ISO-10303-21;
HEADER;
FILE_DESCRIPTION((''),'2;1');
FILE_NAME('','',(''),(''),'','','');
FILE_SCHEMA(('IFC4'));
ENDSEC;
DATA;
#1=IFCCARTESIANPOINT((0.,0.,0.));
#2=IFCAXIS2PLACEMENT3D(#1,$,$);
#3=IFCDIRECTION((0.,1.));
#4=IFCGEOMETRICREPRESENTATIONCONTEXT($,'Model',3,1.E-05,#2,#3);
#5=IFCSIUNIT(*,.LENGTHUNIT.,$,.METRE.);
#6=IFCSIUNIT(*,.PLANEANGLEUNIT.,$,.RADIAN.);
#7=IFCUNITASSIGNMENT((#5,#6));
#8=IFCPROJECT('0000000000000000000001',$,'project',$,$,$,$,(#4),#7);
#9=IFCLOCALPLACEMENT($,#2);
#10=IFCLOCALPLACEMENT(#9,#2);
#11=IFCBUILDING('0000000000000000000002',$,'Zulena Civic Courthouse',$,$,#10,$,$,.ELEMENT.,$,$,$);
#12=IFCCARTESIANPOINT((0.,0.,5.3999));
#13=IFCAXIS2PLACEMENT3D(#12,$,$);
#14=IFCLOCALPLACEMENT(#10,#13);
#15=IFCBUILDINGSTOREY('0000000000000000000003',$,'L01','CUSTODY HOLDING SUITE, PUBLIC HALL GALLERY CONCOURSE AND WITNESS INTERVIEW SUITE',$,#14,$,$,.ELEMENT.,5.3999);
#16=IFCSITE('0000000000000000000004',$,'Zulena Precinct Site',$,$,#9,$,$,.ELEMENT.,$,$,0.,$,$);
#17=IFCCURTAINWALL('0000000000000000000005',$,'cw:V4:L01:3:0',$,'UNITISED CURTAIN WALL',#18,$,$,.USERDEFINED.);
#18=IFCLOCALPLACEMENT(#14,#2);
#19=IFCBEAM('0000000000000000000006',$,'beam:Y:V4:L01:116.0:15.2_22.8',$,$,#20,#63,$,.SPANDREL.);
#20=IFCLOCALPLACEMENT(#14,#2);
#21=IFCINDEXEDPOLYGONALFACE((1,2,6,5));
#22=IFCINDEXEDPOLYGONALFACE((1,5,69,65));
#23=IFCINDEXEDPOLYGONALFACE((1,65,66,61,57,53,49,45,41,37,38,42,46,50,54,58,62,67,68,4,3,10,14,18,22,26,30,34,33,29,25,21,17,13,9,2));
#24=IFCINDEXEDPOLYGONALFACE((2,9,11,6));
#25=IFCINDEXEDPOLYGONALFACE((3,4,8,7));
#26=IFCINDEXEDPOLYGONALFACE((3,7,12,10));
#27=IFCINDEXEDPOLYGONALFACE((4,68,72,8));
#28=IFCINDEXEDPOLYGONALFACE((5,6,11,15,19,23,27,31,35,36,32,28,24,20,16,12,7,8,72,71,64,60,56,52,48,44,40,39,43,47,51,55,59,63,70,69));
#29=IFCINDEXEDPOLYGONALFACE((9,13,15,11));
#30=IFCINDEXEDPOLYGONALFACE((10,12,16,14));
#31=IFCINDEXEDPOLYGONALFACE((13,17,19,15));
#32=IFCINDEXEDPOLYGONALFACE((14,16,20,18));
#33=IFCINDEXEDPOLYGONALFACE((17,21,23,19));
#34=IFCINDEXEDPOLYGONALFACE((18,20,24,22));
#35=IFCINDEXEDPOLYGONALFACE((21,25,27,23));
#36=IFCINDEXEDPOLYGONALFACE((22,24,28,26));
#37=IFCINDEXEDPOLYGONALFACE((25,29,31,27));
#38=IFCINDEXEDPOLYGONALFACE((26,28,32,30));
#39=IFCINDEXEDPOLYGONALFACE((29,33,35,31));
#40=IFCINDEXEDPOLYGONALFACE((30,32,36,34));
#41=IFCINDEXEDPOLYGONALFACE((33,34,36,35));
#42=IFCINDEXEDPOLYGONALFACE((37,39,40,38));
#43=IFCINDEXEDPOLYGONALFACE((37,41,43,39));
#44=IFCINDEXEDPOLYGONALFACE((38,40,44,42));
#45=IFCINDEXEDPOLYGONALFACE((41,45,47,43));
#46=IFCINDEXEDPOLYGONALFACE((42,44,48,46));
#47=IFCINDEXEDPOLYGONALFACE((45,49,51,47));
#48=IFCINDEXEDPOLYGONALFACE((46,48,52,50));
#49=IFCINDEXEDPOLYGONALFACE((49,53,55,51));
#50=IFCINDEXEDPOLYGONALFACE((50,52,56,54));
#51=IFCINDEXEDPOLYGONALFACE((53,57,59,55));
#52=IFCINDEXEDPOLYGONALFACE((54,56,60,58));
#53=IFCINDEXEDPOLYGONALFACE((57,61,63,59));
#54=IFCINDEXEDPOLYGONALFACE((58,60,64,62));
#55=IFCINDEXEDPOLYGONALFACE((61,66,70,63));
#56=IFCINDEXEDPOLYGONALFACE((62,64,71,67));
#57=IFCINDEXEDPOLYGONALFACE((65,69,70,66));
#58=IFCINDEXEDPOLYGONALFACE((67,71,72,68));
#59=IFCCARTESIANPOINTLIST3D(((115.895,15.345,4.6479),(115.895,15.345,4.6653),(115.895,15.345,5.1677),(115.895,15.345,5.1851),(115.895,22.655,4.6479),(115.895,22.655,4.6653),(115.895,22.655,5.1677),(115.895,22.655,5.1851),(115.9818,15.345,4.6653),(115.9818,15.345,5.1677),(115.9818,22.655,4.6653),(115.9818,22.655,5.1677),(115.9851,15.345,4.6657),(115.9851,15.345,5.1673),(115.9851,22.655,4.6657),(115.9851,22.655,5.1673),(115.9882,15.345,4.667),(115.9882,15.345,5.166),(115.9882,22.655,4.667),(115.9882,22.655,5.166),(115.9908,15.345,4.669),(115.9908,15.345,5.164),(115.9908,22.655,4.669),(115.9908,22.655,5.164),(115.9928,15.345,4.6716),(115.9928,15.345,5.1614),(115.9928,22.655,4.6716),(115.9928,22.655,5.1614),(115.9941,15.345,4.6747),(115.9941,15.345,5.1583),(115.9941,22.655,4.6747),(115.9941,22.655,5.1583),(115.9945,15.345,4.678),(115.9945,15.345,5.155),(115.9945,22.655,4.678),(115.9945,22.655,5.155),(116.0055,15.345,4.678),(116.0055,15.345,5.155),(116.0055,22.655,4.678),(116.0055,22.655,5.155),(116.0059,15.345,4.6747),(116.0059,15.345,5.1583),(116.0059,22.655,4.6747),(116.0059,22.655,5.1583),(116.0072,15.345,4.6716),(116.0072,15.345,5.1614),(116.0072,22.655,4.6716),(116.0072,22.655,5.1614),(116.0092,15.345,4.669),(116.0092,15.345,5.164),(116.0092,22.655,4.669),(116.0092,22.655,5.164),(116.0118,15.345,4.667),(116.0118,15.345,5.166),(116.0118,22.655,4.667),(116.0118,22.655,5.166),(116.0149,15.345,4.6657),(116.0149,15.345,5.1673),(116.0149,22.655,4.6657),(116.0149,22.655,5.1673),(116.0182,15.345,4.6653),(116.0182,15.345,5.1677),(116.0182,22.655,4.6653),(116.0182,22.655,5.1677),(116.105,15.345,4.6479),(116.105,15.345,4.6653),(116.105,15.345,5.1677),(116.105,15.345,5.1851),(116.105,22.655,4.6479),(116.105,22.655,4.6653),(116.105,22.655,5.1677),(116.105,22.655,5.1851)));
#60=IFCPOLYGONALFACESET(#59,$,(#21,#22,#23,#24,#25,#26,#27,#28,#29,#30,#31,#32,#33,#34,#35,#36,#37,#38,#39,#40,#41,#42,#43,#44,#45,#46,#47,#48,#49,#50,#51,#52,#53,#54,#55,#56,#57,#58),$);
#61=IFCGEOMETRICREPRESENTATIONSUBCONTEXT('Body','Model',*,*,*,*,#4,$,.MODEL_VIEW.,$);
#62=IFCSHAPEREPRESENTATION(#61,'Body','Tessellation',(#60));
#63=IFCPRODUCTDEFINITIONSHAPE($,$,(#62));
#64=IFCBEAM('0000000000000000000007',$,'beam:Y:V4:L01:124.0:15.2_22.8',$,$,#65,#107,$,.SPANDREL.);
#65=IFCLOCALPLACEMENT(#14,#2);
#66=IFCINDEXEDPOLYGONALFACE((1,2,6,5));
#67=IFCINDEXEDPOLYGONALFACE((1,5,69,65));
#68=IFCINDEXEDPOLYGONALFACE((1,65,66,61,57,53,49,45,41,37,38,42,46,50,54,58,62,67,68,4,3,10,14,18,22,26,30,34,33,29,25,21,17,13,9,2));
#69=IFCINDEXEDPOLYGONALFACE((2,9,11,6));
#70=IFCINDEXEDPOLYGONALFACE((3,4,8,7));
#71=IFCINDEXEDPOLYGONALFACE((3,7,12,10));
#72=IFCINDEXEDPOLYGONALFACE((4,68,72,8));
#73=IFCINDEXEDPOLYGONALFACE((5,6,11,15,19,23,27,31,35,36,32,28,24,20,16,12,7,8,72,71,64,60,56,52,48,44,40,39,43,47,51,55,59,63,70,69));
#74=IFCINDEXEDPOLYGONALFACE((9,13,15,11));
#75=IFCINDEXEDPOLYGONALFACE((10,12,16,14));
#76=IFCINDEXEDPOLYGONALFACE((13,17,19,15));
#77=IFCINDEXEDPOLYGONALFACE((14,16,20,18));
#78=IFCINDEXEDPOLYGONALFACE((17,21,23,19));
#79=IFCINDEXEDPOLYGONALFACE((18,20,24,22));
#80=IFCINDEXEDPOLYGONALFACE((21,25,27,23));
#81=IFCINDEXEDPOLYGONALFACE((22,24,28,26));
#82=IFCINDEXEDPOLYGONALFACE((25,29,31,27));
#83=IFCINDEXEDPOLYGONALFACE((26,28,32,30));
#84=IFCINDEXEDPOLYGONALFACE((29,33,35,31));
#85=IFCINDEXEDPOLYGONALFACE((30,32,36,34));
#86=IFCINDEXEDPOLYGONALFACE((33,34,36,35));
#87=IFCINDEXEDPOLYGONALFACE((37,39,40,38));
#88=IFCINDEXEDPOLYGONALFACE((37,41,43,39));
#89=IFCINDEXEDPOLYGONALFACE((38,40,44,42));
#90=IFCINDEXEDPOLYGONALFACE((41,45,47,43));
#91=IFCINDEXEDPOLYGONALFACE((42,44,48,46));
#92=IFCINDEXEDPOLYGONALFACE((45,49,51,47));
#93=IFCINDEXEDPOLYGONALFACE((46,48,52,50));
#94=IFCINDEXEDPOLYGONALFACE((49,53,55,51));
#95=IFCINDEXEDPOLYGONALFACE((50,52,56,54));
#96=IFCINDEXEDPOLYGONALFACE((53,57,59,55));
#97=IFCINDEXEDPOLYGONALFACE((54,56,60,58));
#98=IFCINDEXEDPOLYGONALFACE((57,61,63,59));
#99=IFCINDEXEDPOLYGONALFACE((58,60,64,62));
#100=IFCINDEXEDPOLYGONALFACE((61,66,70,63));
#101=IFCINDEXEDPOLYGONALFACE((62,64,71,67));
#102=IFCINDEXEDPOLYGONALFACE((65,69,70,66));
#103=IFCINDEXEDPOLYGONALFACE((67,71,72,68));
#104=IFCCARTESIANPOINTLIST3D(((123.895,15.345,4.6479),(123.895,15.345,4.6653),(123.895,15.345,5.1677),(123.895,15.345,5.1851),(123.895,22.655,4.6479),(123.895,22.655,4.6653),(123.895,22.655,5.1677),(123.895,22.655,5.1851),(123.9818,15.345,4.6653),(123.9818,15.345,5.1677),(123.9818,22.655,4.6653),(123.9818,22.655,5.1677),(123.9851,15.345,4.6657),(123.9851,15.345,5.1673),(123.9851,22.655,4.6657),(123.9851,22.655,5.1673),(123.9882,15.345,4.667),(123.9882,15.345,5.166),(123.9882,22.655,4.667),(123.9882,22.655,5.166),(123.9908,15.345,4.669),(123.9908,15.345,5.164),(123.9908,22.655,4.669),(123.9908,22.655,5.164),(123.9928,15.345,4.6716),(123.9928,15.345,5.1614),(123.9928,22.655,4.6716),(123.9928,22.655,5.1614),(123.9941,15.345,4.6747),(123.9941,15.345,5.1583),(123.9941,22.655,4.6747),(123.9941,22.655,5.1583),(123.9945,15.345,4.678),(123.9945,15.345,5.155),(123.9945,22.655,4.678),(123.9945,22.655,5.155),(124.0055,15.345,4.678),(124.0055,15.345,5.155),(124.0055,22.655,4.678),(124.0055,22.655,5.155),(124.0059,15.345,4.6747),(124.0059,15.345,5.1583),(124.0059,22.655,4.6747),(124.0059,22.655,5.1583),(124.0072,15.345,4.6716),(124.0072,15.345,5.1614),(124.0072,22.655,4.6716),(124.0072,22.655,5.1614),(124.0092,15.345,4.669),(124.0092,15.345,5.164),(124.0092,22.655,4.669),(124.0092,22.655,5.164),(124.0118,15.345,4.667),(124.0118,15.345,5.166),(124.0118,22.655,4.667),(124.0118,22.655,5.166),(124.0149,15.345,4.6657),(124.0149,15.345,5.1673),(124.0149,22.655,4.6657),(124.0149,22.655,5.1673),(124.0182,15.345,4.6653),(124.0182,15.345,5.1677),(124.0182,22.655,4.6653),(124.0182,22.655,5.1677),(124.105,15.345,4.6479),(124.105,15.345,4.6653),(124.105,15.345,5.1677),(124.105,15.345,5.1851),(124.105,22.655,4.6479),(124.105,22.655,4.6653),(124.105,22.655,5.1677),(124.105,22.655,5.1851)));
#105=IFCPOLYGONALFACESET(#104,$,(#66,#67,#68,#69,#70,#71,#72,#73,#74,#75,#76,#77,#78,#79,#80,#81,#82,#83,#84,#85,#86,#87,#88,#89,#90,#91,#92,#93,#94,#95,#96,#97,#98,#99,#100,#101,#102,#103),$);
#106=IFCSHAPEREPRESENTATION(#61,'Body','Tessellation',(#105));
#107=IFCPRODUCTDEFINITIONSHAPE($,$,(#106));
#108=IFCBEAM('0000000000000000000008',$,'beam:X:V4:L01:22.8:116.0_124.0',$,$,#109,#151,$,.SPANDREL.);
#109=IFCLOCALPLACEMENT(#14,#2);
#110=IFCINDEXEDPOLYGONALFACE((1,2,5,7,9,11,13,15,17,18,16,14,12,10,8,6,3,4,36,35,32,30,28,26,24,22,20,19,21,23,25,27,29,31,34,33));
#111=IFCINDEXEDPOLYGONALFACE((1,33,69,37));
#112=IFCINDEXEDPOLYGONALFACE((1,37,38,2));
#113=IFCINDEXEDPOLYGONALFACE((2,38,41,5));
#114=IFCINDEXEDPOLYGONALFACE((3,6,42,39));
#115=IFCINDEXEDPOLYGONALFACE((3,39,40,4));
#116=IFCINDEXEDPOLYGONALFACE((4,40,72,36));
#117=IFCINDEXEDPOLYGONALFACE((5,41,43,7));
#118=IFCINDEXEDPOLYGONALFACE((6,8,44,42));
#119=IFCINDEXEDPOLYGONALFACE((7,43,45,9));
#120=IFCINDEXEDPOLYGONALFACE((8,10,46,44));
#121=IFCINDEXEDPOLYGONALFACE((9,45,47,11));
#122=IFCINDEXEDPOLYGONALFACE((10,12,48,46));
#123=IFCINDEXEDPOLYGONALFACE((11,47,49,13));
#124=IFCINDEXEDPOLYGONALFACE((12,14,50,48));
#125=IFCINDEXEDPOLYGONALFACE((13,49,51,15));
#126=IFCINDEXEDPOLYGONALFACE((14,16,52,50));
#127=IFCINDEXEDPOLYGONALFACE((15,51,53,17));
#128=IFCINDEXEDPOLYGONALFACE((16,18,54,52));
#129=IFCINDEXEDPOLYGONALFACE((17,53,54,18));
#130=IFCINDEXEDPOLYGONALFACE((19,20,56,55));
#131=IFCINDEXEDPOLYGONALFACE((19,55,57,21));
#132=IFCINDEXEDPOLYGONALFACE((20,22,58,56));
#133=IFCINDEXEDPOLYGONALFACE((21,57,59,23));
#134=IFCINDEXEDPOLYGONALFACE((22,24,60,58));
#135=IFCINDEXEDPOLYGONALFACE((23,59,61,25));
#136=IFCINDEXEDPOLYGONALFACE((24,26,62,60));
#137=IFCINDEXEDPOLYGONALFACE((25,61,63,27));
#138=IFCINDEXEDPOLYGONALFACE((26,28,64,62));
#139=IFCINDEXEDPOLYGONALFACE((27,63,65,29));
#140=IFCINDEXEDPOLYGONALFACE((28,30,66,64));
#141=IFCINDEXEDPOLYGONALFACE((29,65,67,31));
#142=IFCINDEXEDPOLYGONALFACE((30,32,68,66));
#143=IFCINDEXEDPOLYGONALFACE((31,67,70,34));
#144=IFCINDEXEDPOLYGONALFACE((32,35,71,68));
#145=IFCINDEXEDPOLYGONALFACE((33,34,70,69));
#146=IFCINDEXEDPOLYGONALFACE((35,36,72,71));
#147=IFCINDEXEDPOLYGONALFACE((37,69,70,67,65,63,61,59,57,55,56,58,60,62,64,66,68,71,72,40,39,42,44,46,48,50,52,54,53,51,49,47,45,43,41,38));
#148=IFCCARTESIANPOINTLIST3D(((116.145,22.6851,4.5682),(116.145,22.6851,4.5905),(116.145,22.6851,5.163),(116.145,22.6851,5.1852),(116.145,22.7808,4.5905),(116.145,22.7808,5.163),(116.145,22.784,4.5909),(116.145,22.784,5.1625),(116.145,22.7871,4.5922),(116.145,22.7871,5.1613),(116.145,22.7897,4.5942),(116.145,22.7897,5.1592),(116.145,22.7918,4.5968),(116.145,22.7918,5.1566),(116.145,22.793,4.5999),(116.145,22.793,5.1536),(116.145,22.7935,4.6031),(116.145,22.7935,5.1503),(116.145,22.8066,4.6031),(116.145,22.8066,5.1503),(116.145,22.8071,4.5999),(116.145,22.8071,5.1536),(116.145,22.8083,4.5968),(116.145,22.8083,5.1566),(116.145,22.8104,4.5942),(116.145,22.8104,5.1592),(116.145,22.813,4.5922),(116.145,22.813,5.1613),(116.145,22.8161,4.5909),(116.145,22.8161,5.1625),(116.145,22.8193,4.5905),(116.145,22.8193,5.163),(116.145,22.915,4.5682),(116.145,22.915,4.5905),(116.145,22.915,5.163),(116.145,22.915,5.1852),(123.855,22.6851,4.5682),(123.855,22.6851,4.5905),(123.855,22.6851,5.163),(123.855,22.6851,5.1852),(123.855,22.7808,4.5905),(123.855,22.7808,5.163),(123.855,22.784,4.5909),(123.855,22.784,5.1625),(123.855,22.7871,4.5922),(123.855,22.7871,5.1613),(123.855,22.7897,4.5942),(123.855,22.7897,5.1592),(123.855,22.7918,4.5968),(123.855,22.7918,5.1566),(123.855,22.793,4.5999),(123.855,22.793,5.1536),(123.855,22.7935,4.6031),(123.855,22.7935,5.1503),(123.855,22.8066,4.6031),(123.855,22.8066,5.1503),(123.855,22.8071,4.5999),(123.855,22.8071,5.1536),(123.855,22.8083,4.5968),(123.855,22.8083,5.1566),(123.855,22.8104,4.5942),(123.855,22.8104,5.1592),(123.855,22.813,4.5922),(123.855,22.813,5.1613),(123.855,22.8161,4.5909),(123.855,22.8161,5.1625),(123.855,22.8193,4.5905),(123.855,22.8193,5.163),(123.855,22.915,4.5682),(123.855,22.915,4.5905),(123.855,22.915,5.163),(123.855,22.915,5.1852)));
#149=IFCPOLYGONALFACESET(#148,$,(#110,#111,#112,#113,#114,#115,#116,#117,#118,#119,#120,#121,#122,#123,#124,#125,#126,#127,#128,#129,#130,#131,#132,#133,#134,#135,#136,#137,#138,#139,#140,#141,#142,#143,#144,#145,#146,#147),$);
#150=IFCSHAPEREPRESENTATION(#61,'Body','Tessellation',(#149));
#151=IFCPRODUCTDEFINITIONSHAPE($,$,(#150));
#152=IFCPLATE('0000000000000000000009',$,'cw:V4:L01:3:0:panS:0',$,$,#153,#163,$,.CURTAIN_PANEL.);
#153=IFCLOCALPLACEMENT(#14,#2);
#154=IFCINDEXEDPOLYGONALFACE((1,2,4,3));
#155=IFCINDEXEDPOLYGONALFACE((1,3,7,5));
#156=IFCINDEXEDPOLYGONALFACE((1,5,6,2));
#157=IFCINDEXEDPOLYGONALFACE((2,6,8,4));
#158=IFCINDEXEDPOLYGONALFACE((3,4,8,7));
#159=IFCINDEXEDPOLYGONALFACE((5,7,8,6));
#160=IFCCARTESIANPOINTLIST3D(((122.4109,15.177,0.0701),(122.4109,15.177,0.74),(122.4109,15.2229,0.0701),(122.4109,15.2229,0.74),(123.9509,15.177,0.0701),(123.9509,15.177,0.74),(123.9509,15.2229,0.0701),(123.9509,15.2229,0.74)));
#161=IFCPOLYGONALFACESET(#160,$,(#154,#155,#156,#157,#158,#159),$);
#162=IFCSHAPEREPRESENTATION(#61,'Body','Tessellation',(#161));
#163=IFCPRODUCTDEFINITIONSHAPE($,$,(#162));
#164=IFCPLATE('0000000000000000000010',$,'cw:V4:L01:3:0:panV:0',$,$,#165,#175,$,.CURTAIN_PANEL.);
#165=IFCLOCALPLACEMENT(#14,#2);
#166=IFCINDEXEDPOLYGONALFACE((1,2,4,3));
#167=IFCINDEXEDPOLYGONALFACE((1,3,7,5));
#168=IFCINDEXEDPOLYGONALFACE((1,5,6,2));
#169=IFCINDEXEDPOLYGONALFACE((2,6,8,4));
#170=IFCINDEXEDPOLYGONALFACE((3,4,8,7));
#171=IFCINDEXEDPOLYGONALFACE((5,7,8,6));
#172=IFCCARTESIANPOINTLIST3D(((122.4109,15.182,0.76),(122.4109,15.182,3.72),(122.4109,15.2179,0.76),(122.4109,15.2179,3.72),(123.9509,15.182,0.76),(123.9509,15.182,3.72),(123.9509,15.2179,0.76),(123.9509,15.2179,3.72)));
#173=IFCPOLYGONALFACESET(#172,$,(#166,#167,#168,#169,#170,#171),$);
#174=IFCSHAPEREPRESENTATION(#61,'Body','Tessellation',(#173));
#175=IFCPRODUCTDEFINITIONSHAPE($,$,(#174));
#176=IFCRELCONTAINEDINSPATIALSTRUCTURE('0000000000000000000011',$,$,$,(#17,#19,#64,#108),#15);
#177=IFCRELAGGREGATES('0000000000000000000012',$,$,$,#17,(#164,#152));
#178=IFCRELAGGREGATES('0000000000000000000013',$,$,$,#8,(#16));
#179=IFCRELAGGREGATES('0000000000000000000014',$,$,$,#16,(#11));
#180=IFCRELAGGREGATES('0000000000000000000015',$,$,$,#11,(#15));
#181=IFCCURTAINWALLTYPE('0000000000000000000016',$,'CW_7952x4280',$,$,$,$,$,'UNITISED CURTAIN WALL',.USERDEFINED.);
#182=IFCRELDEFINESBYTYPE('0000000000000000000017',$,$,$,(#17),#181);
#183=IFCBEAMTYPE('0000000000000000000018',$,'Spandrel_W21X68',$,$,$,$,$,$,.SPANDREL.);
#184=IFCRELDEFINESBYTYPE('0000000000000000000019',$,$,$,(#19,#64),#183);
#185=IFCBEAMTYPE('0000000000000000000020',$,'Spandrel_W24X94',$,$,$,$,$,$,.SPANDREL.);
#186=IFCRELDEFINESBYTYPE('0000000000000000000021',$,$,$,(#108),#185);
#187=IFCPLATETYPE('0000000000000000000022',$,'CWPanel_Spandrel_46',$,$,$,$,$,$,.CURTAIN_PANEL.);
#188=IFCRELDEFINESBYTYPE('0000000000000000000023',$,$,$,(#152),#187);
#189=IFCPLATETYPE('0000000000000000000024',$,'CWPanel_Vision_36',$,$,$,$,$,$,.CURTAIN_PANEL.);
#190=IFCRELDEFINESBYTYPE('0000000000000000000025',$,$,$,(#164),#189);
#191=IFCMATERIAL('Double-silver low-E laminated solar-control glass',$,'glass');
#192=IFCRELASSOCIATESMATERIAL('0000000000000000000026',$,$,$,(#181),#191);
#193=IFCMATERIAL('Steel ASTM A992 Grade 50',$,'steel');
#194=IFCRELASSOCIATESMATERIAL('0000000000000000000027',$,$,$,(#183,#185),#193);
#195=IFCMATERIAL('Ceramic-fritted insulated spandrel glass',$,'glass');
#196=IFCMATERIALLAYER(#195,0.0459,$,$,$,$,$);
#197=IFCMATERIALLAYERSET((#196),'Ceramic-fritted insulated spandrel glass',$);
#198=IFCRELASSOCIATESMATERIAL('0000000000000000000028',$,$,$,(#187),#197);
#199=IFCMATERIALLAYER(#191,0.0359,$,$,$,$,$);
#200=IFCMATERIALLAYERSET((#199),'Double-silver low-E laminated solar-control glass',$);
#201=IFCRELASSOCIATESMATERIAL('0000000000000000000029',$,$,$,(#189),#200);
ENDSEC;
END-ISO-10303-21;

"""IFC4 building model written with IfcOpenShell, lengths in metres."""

from ifc_helpers import new_model, si_unit, direction, frame, origin, origin_2d, place, context, subcontext, project, spatial, rectangle, i_section, extrude, material, layer, layer_set, material_profile, profile_set, type_object, element, aggregate, save


model = new_model("IFC4")

# Units and contexts
model_context = context("Model", 3, precision=1e-05, world=origin(), true_north=direction((0.0, 1.0)))
body_context = subcontext(model_context, "Body", "Model", "MODEL_VIEW")
ifc_project = project(units=[si_unit("LENGTHUNIT", "METRE"), si_unit("PLANEANGLEUNIT", "RADIAN")], contexts=[model_context])

# Site, building, storey
site_placement = place(None, origin())
site = spatial("IfcSite", under=ifc_project, at=site_placement, Name="Zulena Precinct Site", CompositionType="ELEMENT", RefElevation=0.0)
building_placement = place(site_placement, origin())
building = spatial("IfcBuilding", under=site, at=building_placement, Name="Zulena Civic Courthouse", CompositionType="ELEMENT")
storey_placement = place(building_placement, frame((0.0, 0.0, 5.3999)))
storey = spatial("IfcBuildingStorey", under=building, at=storey_placement, Name="L01", Description="CUSTODY HOLDING SUITE, PUBLIC HALL GALLERY CONCOURSE AND WITNESS INTERVIEW SUITE", CompositionType="ELEMENT", Elevation=5.3999)

# Shared definitions
ifc_material_1 = material(Name="Steel ASTM A992 Grade 50", Category="steel")

# Curtain wall
ifc_material_2 = material(Name="Double-silver low-E laminated solar-control glass", Category="glass")
curtain_wall_type = type_object("IfcCurtainWallType", Name="CW_7952x4280", ElementType="UNITISED CURTAIN WALL", PredefinedType="USERDEFINED", material=ifc_material_2)
curtain_wall_placement = place(storey_placement, origin())
curtain_wall = element("IfcCurtainWall", 1, at=curtain_wall_placement, inside=storey, type_object=curtain_wall_type, Name="cw:V4:L01:3:0", ObjectType="UNITISED CURTAIN WALL", PredefinedType="USERDEFINED")

# Beams
ifc_material_profile_1 = material_profile(ifc_material_1, i_section(OverallWidth=0.21, OverallDepth=0.5371, WebThickness=0.011, FlangeThickness=0.0173, FilletRadius=0.0127, at=origin_2d()), Name="W21X68")
ifc_profile_set_1 = profile_set([ifc_material_profile_1], Name="Steel ASTM A992 Grade 50")
beam_type_1 = type_object("IfcBeamType", Name="Spandrel_W21X68", PredefinedType="SPANDREL", material=ifc_profile_set_1)
for number, where, z_axis, x_axis, name in (
    (2, (116.0, 15.345, 4.9165), (0.0, 1.0, 0.0), (-1.0, 0.0, 0.0), "beam:Y:V4:L01:116.0:15.2_22.8"),
    (3, (124.0, 15.345, 4.9165), (0.0, 1.0, 0.0), (-1.0, 0.0, 0.0), "beam:Y:V4:L01:124.0:15.2_22.8"),
):
    element("IfcBeam", number, at=place(storey_placement, frame(where, z_axis=z_axis, x_axis=x_axis)), inside=storey, type_object=beam_type_1, Name=name, PredefinedType="SPANDREL", context=body_context, shape_type="SweptSolid", body=[
        extrude(i_section(OverallWidth=0.21, OverallDepth=0.5371, WebThickness=0.011, FlangeThickness=0.0173, FilletRadius=0.0127, at=origin_2d()), origin(), (0.0, 0.0, 1.0), 7.3101),
    ])
ifc_material_profile_2 = material_profile(ifc_material_1, i_section(OverallWidth=0.23, OverallDepth=0.6169, WebThickness=0.0132, FlangeThickness=0.0222, FilletRadius=0.0127, at=origin_2d()), Name="W24X94")
ifc_profile_set_2 = profile_set([ifc_material_profile_2], Name="Steel ASTM A992 Grade 50")
beam_type_2 = type_object("IfcBeamType", Name="Spandrel_W24X94", PredefinedType="SPANDREL", material=ifc_profile_set_2)
beam_placement = place(storey_placement, frame((116.145, 22.8, 4.8767), z_axis=(1.0, 0.0, 0.0), x_axis=(0.0, 1.0, 0.0)))
element("IfcBeam", 4, at=beam_placement, inside=storey, type_object=beam_type_2, Name="beam:X:V4:L01:22.8:116.0_124.0", PredefinedType="SPANDREL", context=body_context, shape_type="SweptSolid", body=[
    extrude(i_section(OverallWidth=0.23, OverallDepth=0.6169, WebThickness=0.0132, FlangeThickness=0.0222, FilletRadius=0.0127, at=origin_2d()), origin(), (0.0, 0.0, 1.0), 7.71),
])

# Plates
ifc_material_3 = material(Name="Ceramic-fritted insulated spandrel glass", Category="glass")
ifc_layer_1 = layer(ifc_material_3, 0.0459)
ifc_layer_set_1 = layer_set([ifc_layer_1], Name="Ceramic-fritted insulated spandrel glass")
plate_type_1 = type_object("IfcPlateType", Name="CWPanel_Spandrel_46", PredefinedType="CURTAIN_PANEL", material=ifc_layer_set_1)
plate_1_placement = place(storey_placement, frame((123.1809, 15.2, 0.0701), z_axis=(0.0, 0.0, 1.0), x_axis=(-1.0, 0.0, 0.0)))
plate_1 = element("IfcPlate", 5, at=plate_1_placement, type_object=plate_type_1, Name="cw:V4:L01:3:0:panS:0", PredefinedType="CURTAIN_PANEL", context=body_context, shape_type="SweptSolid", body=[
    extrude(rectangle(XDim=1.54, YDim=0.0459, at=origin_2d()), origin(), (0.0, 0.0, 1.0), 0.6699),
])
ifc_layer_2 = layer(ifc_material_2, 0.0359)
ifc_layer_set_2 = layer_set([ifc_layer_2], Name="Double-silver low-E laminated solar-control glass")
plate_type_2 = type_object("IfcPlateType", Name="CWPanel_Vision_36", PredefinedType="CURTAIN_PANEL", material=ifc_layer_set_2)
plate_2_placement = place(storey_placement, frame((123.1809, 15.2, 0.76), z_axis=(0.0, 0.0, 1.0), x_axis=(-1.0, 0.0, 0.0)))
plate_2 = element("IfcPlate", 6, at=plate_2_placement, type_object=plate_type_2, Name="cw:V4:L01:3:0:panV:0", PredefinedType="CURTAIN_PANEL", context=body_context, shape_type="SweptSolid", body=[
    extrude(rectangle(XDim=1.54, YDim=0.0359, at=origin_2d()), origin(), (0.0, 0.0, 1.0), 2.96),
])
aggregate(curtain_wall, [plate_2, plate_1])

save(model, "model.ifc")
